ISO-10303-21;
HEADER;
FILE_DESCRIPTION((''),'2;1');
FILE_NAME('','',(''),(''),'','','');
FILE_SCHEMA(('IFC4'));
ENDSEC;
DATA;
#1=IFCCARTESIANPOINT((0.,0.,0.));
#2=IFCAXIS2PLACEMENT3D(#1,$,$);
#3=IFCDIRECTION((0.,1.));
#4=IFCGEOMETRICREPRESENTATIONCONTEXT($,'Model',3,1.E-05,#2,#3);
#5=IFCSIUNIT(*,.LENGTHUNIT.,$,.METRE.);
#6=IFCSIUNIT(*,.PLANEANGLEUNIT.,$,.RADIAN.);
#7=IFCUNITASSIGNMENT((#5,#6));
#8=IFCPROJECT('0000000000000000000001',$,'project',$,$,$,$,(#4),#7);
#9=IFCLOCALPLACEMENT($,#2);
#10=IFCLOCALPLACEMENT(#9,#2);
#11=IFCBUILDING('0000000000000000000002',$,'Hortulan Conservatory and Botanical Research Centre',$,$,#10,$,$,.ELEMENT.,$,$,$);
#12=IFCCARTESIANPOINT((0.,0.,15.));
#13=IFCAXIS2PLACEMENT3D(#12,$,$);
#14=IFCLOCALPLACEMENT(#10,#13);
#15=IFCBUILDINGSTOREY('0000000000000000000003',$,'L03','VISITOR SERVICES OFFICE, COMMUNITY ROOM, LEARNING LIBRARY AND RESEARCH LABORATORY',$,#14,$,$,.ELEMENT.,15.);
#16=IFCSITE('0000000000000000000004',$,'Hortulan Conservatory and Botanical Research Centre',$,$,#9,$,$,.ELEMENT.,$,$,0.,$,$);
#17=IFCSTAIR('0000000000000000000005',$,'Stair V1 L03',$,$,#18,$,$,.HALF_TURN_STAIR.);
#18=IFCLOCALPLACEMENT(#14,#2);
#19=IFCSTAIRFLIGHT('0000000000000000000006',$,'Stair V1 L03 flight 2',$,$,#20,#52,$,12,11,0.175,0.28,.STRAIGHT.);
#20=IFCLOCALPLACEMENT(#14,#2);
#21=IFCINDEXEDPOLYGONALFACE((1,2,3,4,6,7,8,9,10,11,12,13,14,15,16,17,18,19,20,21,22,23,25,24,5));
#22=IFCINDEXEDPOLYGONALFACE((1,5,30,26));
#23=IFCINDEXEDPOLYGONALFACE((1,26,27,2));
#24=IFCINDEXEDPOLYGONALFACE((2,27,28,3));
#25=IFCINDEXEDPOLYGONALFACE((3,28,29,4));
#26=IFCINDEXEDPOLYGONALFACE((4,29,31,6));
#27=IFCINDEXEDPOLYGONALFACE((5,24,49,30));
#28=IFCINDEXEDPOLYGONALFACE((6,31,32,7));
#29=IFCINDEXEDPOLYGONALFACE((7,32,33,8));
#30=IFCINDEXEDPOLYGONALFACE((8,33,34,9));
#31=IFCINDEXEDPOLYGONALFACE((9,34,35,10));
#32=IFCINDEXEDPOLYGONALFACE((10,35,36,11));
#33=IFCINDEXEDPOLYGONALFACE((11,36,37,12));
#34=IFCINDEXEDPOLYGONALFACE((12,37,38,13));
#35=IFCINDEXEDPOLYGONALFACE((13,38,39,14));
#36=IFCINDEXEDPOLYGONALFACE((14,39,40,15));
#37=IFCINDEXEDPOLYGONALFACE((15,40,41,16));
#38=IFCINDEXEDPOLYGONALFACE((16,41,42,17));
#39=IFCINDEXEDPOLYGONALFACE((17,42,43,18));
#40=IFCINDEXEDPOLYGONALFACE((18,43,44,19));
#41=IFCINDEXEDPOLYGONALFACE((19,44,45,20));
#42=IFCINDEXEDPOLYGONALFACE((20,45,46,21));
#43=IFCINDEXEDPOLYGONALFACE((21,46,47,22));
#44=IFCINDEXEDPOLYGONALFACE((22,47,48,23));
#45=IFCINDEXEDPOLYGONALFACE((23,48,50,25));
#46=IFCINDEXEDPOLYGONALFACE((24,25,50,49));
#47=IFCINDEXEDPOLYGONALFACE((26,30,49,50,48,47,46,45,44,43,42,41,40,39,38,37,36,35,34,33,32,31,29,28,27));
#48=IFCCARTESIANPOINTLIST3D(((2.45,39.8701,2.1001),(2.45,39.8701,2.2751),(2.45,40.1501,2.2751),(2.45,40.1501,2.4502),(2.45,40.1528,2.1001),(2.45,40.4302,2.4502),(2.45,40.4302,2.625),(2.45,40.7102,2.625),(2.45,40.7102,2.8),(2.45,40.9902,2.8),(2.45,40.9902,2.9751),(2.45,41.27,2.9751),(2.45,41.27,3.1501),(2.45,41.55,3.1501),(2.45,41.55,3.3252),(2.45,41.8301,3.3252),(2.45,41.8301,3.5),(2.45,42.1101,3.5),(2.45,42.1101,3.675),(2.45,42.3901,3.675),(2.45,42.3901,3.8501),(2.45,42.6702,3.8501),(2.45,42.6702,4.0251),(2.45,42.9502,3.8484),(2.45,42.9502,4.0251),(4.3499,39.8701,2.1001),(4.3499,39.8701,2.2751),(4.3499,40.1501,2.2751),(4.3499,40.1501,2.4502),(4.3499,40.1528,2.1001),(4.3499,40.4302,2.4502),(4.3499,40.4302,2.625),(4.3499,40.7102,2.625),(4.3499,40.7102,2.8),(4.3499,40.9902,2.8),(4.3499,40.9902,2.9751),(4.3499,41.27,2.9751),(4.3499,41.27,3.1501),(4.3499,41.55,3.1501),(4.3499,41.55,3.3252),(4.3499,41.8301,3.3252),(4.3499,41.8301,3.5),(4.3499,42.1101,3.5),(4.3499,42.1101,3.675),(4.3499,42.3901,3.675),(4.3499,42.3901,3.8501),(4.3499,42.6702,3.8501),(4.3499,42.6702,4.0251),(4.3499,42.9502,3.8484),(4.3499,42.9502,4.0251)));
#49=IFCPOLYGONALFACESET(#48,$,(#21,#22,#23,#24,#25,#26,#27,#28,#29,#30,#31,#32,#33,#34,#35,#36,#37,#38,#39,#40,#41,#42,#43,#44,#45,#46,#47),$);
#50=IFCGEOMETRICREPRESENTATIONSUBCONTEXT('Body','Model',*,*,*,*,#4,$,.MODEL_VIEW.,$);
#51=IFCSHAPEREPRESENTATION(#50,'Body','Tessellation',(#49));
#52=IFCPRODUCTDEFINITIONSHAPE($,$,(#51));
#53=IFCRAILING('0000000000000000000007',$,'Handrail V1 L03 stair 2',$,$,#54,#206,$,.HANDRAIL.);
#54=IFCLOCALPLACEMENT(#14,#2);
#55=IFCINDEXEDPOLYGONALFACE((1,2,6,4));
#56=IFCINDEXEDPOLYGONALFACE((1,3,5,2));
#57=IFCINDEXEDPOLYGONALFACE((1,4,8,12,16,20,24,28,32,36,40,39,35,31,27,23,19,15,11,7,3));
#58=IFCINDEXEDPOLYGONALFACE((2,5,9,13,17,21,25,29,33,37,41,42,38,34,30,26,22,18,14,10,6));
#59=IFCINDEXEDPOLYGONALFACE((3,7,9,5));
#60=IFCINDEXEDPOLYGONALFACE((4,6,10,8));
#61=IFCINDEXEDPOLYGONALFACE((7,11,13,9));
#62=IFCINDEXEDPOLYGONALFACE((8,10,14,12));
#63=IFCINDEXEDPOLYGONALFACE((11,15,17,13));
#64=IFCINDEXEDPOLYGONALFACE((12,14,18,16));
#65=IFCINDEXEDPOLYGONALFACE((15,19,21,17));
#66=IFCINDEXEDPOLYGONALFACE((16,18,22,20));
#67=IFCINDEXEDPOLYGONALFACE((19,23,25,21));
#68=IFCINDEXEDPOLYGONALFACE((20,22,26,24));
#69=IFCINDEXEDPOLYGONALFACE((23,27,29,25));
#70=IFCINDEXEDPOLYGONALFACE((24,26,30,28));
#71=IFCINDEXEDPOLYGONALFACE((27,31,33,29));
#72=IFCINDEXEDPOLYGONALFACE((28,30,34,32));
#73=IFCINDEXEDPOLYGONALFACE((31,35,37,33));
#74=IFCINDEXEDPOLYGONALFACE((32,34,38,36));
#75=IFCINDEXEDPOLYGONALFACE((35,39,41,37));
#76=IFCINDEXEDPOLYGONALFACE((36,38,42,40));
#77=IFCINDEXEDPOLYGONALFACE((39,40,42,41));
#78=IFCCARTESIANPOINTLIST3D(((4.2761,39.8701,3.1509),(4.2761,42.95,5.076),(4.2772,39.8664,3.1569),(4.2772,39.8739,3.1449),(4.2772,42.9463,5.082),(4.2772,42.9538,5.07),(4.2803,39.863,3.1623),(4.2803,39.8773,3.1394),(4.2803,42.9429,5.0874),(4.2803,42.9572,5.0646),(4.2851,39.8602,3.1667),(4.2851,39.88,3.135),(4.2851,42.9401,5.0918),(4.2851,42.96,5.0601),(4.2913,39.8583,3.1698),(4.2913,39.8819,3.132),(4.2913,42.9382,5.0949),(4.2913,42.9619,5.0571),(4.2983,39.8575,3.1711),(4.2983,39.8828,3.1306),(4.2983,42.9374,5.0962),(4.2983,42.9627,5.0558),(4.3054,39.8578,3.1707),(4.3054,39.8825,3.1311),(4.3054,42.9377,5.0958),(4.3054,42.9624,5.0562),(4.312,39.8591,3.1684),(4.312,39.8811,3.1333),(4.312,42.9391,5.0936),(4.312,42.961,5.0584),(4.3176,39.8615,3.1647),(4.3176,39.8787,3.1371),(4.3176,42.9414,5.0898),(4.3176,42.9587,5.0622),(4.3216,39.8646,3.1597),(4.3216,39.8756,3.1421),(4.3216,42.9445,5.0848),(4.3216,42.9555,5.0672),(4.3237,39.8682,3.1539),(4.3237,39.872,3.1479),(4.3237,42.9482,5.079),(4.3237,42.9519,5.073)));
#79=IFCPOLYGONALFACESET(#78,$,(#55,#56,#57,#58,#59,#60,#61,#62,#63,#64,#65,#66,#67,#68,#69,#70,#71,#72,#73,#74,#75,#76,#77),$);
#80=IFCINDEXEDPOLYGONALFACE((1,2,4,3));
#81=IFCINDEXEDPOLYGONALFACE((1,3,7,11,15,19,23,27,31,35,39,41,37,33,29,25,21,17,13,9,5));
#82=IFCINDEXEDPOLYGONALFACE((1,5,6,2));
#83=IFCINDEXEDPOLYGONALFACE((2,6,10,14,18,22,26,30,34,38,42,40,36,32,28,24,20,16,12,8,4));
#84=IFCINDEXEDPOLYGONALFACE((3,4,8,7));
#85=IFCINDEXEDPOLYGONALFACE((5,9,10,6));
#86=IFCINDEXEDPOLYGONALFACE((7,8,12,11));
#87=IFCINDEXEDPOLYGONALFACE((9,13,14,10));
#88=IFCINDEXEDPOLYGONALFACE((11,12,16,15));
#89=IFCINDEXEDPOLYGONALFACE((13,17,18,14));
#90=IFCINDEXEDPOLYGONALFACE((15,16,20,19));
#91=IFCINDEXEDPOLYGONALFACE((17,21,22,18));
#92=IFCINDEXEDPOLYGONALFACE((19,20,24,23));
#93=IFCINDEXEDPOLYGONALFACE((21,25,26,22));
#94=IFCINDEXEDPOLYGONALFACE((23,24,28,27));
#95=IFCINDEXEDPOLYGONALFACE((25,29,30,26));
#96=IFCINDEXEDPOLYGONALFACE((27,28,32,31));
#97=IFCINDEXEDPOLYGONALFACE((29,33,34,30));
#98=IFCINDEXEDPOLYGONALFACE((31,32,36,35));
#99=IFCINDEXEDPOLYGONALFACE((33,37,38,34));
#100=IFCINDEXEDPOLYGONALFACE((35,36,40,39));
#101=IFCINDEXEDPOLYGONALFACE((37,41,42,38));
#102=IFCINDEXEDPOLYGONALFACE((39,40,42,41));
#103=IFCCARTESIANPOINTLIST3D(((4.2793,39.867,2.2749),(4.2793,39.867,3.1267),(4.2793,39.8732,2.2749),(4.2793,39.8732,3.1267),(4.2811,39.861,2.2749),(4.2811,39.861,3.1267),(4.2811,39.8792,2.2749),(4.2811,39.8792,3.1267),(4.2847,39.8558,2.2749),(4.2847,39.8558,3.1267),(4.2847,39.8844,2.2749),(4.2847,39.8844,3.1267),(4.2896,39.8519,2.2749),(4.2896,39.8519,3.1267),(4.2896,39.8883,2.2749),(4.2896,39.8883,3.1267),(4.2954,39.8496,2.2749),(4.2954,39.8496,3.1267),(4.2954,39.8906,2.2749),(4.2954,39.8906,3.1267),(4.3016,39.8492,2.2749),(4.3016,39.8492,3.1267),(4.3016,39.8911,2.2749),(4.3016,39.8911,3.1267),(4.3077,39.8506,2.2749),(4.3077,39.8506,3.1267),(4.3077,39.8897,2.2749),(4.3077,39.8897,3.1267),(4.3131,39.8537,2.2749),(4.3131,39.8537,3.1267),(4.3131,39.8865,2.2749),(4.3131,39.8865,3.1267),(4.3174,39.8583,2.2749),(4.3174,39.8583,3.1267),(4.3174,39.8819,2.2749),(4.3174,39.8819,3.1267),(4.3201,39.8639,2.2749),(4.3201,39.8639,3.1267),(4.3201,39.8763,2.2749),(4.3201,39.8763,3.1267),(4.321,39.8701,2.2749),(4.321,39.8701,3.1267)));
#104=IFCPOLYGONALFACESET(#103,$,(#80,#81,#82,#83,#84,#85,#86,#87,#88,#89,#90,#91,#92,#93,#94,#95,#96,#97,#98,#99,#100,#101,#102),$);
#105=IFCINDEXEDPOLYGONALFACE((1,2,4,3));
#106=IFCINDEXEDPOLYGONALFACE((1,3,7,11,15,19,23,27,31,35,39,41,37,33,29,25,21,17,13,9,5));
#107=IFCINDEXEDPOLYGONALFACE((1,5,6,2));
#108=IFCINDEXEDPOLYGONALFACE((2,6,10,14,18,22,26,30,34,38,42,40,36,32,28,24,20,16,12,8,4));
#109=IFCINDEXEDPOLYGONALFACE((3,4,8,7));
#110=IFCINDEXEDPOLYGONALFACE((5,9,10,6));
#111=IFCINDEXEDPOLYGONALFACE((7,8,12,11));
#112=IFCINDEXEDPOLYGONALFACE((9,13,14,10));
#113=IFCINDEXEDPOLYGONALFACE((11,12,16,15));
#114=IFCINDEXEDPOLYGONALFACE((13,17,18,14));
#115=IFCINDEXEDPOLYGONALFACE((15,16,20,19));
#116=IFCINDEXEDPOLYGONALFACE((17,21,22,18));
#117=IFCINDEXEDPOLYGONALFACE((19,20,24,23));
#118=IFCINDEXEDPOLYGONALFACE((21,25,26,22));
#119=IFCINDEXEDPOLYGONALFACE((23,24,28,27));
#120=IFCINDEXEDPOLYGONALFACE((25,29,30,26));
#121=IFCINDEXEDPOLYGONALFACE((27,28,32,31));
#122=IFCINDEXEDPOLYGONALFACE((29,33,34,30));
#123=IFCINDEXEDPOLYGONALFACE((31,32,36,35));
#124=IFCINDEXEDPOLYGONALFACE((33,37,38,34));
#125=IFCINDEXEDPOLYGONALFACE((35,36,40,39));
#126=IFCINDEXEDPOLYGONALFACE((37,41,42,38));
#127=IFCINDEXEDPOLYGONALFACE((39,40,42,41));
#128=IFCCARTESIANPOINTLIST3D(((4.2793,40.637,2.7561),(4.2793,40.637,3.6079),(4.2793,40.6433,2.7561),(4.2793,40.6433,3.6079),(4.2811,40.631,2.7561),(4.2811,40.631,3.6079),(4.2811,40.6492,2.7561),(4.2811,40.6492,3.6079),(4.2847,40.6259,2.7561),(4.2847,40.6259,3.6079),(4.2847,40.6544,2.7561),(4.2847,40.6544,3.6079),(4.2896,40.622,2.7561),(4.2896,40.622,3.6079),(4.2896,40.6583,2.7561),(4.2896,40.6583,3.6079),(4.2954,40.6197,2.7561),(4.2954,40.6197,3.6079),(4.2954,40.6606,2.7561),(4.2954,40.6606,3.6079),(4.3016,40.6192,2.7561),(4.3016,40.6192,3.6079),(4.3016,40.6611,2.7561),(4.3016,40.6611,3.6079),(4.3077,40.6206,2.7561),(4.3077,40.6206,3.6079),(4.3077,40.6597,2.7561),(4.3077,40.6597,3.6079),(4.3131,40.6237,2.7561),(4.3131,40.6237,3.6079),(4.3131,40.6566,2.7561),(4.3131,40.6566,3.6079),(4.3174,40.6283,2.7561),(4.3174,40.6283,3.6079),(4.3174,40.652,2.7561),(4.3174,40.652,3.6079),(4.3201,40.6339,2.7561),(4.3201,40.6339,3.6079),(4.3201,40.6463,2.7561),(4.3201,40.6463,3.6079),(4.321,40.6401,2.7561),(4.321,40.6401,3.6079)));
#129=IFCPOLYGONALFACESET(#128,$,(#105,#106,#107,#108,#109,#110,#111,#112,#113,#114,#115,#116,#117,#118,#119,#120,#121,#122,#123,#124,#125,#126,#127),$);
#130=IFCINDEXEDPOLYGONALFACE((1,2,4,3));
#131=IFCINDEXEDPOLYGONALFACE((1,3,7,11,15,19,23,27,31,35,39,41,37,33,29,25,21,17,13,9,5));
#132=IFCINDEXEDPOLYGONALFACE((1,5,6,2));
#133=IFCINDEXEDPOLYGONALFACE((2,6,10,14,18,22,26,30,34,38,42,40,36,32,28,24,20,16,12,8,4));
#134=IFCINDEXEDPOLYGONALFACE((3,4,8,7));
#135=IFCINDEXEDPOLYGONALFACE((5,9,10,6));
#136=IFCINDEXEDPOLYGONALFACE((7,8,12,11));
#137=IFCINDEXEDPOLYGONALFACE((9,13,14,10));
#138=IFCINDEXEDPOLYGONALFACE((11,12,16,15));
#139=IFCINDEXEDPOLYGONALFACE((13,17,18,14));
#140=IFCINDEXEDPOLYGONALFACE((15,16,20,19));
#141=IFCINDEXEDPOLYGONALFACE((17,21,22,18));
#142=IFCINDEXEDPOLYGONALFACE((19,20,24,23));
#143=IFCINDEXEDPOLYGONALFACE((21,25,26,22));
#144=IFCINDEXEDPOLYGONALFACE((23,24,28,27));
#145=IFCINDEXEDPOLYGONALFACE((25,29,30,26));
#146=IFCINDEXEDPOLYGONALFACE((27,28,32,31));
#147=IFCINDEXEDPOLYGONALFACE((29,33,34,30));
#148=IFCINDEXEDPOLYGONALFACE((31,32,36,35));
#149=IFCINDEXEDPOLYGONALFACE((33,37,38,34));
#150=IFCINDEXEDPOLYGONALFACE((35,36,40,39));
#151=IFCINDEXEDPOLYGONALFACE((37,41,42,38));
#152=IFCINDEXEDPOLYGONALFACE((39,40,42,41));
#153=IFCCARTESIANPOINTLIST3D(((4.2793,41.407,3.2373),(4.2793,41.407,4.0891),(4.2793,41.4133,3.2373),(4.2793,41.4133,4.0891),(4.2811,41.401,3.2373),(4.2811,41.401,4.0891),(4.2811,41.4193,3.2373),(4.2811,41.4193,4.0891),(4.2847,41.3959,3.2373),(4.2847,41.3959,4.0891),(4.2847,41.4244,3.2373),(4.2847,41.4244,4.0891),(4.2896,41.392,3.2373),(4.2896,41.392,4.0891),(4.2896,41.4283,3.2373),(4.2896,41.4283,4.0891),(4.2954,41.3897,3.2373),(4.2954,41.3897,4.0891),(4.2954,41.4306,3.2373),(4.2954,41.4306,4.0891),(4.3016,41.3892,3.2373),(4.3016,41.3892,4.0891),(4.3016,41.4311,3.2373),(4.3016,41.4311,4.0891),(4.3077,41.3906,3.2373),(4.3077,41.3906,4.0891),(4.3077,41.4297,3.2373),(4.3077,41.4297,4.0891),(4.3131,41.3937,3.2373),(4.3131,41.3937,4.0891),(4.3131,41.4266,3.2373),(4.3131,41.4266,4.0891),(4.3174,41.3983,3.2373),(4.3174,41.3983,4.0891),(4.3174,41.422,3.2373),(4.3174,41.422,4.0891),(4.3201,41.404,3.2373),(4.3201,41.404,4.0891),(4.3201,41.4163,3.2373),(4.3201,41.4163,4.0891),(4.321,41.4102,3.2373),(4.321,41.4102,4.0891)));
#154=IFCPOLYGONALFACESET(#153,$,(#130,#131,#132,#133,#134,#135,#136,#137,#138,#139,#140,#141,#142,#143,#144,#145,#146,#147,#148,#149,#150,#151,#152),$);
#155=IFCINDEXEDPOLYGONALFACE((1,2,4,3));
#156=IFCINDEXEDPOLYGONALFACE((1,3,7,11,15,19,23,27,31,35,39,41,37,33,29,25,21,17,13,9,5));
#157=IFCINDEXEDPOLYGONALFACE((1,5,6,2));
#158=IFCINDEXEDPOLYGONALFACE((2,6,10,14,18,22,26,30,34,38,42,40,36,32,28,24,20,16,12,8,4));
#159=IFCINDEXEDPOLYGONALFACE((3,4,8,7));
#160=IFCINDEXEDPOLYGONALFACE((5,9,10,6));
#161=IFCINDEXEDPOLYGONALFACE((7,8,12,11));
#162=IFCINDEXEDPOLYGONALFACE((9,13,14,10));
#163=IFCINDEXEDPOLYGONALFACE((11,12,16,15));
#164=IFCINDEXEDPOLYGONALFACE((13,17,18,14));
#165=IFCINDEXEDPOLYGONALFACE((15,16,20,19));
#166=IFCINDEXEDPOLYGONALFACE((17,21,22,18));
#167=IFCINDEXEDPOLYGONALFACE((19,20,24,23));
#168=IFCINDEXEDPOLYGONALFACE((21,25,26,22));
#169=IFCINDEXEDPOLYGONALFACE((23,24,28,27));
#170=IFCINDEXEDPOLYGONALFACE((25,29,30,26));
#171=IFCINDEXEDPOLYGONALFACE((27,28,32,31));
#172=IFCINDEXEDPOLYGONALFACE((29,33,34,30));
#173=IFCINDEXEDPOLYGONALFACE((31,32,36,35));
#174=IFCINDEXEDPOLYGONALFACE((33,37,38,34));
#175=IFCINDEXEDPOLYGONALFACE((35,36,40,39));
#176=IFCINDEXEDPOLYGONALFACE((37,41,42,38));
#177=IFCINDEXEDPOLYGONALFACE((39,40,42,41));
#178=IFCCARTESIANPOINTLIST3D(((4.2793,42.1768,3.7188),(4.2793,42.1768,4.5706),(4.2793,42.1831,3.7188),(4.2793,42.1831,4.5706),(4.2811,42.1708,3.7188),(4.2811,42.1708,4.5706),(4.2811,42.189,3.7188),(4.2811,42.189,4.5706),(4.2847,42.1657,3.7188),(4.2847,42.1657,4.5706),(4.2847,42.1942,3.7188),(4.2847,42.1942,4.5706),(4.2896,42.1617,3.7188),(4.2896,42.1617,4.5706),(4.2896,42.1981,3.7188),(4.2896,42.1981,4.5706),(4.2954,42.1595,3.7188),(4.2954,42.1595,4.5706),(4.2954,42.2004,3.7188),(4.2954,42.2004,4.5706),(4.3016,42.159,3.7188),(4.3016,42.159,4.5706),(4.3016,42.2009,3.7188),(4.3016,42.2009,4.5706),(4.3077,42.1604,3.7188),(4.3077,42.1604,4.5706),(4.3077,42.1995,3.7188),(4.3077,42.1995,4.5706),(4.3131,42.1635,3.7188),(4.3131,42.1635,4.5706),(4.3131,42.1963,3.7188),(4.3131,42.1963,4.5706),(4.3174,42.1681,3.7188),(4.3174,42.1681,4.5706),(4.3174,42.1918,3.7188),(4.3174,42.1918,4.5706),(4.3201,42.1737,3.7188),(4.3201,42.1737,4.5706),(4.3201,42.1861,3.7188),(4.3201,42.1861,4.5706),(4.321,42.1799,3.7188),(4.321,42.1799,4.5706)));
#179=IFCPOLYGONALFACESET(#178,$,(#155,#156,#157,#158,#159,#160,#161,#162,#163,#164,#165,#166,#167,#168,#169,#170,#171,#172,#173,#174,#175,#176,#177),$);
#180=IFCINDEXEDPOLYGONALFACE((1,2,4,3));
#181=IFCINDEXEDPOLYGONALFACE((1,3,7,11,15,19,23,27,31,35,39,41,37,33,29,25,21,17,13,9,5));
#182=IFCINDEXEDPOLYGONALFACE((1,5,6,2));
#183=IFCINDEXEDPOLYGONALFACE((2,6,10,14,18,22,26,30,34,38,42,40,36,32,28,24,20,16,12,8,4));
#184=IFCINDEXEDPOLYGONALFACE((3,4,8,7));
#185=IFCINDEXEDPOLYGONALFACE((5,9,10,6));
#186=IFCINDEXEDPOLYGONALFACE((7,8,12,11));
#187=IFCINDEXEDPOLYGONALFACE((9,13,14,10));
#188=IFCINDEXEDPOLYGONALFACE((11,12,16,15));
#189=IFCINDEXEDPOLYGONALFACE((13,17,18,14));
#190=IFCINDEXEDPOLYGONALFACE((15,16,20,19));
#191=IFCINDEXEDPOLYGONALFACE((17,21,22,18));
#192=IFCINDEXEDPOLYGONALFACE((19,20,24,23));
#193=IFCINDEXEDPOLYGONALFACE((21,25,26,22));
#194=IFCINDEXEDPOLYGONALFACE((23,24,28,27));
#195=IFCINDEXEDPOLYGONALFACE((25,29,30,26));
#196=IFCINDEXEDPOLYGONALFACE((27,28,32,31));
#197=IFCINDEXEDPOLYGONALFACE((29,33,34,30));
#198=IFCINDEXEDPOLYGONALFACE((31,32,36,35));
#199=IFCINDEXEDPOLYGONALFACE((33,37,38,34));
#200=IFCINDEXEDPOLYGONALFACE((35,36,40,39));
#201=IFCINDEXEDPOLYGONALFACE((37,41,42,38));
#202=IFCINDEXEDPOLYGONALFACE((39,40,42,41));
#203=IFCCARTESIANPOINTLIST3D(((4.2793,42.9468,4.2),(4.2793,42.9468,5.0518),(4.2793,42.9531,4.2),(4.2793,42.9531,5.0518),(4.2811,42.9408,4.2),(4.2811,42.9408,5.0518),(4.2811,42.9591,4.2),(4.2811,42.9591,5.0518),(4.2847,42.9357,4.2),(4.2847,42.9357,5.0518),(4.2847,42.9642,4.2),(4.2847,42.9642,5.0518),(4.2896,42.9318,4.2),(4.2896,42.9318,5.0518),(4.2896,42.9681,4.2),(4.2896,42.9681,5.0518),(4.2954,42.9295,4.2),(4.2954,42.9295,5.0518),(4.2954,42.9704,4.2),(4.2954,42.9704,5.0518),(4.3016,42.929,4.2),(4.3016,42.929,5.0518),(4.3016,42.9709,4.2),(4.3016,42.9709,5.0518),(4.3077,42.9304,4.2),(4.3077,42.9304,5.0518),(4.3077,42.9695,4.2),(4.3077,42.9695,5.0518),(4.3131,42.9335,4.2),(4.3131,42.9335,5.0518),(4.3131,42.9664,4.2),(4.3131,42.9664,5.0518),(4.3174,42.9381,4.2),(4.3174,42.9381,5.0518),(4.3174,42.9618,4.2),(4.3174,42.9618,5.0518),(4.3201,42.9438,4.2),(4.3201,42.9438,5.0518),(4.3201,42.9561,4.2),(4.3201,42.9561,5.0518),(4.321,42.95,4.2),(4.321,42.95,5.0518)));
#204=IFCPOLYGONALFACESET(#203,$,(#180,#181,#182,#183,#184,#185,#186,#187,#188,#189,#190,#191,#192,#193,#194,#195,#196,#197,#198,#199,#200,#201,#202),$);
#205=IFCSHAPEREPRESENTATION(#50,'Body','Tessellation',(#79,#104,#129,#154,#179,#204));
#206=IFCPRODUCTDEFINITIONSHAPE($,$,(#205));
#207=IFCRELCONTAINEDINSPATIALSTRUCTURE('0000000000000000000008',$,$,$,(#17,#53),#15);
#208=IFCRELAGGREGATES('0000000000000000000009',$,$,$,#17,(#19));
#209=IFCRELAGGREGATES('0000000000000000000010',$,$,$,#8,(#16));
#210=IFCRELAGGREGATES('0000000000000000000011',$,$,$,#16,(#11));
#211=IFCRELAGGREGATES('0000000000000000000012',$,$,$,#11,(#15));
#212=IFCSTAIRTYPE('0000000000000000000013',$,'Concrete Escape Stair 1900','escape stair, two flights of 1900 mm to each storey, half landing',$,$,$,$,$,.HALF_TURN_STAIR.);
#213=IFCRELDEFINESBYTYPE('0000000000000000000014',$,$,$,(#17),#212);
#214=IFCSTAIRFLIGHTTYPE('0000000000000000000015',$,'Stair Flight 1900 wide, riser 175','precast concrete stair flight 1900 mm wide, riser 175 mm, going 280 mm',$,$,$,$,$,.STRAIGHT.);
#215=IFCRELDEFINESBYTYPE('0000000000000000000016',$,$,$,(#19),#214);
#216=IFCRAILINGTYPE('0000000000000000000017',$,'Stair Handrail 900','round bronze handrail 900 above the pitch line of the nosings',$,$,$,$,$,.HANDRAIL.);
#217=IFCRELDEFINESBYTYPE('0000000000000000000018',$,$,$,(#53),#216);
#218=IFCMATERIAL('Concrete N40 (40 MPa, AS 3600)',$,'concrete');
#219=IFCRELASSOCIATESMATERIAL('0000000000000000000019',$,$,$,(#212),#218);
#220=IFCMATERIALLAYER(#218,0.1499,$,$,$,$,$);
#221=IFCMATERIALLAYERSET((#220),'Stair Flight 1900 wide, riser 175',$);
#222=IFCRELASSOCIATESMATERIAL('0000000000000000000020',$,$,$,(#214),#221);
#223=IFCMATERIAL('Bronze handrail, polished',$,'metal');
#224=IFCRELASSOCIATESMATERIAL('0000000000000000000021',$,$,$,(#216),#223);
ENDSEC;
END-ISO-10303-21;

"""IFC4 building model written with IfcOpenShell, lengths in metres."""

from ifc_helpers import new_model, si_unit, direction, frame, origin, origin_2d, place, context, subcontext, project, spatial, polyline, circle, outline, extrude, material, layer, layer_set, type_object, element, aggregate, save


model = new_model("IFC4")

# Units and contexts
model_context = context("Model", 3, precision=1e-05, world=origin(), true_north=direction((0.0, 1.0)))
body_context = subcontext(model_context, "Body", "Model", "MODEL_VIEW")
ifc_project = project(units=[si_unit("LENGTHUNIT", "METRE"), si_unit("PLANEANGLEUNIT", "RADIAN")], contexts=[model_context])

# Site, building, storey
site_placement = place(None, origin())
site = spatial("IfcSite", under=ifc_project, at=site_placement, Name="Hortulan Conservatory and Botanical Research Centre", CompositionType="ELEMENT", RefElevation=0.0)
building_placement = place(site_placement, origin())
building = spatial("IfcBuilding", under=site, at=building_placement, Name="Hortulan Conservatory and Botanical Research Centre", CompositionType="ELEMENT")
storey_placement = place(building_placement, frame((0.0, 0.0, 15.0)))
storey = spatial("IfcBuildingStorey", under=building, at=storey_placement, Name="L03", Description="VISITOR SERVICES OFFICE, COMMUNITY ROOM, LEARNING LIBRARY AND RESEARCH LABORATORY", CompositionType="ELEMENT", Elevation=15.0)

# Shared definitions
ifc_material_1 = material(Name="Concrete N40 (40 MPa, AS 3600)", Category="concrete")

# Stair, stair flight
stair_type = type_object("IfcStairType", Name="Concrete Escape Stair 1900", Description="escape stair, two flights of 1900 mm to each storey, half landing", PredefinedType="HALF_TURN_STAIR", material=ifc_material_1)
stair_placement = place(storey_placement, origin())
stair = element("IfcStair", 1, at=stair_placement, inside=storey, type_object=stair_type, Name="Stair V1 L03", PredefinedType="HALF_TURN_STAIR")
ifc_layer_1 = layer(ifc_material_1, 0.1499)
ifc_layer_set_1 = layer_set([ifc_layer_1], Name="Stair Flight 1900 wide, riser 175")
stair_flight_type = type_object("IfcStairFlightType", Name="Stair Flight 1900 wide, riser 175", Description="precast concrete stair flight 1900 mm wide, riser 175 mm, going 280 mm", PredefinedType="STRAIGHT", material=ifc_layer_set_1)
stair_flight_placement = place(storey_placement, frame((3.3999, 39.8701, 2.1001), z_axis=(0.0, 0.0, 1.0), x_axis=(0.0, 1.0, 0.0)))
stair_flight = element("IfcStairFlight", 2, at=stair_flight_placement, type_object=stair_flight_type, Name="Stair V1 L03 flight 2", NumberOfRisers=12, NumberOfTreads=11, PredefinedType="STRAIGHT", RiserHeight=0.175, TreadLength=0.28, context=body_context, shape_type="SweptSolid", body=[
    extrude(outline(polyline([(0.0, 0.0), (0.0, 0.175), (0.28, 0.175), (0.28, 0.3501), (0.5601, 0.3501), (0.5601, 0.5249), (0.8401, 0.5249), (0.8401, 0.7), (1.1201, 0.7), (1.1201, 0.875), (1.3999, 0.875), (1.3999, 1.05), (1.6799, 1.05), (1.6799, 1.2251), (1.96, 1.2251), (1.96, 1.3999), (2.24, 1.3999), (2.24, 1.575), (2.52, 1.575), (2.52, 1.75), (2.8, 1.75), (2.8, 1.925), (3.0801, 1.925), (3.0801, 2.1001), (3.0801, 1.7483), (0.2827, 0.0), (0.0, 0.0)])), frame((0.0, 0.95, 0.0), z_axis=(0.0, -1.0, 0.0), x_axis=(1.0, 0.0, 0.0)), (0.0, 0.0, 1.0), 1.8999),
])
aggregate(stair, [stair_flight])

# Railing
ifc_material_2 = material(Name="Bronze handrail, polished", Category="metal")
railing_type = type_object("IfcRailingType", Name="Stair Handrail 900", Description="round bronze handrail 900 above the pitch line of the nosings", PredefinedType="HANDRAIL", material=ifc_material_2)
railing_placement = place(storey_placement, frame((4.3, 39.8701, 2.2749)))
element("IfcRailing", 3, at=railing_placement, inside=storey, type_object=railing_type, Name="Handrail V1 L03 stair 2", PredefinedType="HANDRAIL", context=body_context, shape_type="SweptSolid", body=[
    extrude(circle(Radius=0.0239, at=origin_2d()), frame((0.0, 0.0, 0.876), z_axis=(0.0, 0.847979, 0.530029), x_axis=(-1.0, 0.0, 0.0)), (0.0, 0.0, 1.0), 3.6321),
    extrude(circle(Radius=0.021, at=origin_2d()), origin(), (0.0, 0.0, 1.0), 0.8518),
    extrude(circle(Radius=0.021, at=origin_2d()), frame((0.0, 0.77, 0.4812)), (0.0, 0.0, 1.0), 0.8518),
    extrude(circle(Radius=0.021, at=origin_2d()), frame((0.0, 1.54, 0.9624)), (0.0, 0.0, 1.0), 0.8518),
    extrude(circle(Radius=0.021, at=origin_2d()), frame((0.0, 2.3098, 1.4438)), (0.0, 0.0, 1.0), 0.8518),
    extrude(circle(Radius=0.021, at=origin_2d()), frame((0.0, 3.0798, 1.925)), (0.0, 0.0, 1.0), 0.8518),
])

save(model, "model.ifc")
